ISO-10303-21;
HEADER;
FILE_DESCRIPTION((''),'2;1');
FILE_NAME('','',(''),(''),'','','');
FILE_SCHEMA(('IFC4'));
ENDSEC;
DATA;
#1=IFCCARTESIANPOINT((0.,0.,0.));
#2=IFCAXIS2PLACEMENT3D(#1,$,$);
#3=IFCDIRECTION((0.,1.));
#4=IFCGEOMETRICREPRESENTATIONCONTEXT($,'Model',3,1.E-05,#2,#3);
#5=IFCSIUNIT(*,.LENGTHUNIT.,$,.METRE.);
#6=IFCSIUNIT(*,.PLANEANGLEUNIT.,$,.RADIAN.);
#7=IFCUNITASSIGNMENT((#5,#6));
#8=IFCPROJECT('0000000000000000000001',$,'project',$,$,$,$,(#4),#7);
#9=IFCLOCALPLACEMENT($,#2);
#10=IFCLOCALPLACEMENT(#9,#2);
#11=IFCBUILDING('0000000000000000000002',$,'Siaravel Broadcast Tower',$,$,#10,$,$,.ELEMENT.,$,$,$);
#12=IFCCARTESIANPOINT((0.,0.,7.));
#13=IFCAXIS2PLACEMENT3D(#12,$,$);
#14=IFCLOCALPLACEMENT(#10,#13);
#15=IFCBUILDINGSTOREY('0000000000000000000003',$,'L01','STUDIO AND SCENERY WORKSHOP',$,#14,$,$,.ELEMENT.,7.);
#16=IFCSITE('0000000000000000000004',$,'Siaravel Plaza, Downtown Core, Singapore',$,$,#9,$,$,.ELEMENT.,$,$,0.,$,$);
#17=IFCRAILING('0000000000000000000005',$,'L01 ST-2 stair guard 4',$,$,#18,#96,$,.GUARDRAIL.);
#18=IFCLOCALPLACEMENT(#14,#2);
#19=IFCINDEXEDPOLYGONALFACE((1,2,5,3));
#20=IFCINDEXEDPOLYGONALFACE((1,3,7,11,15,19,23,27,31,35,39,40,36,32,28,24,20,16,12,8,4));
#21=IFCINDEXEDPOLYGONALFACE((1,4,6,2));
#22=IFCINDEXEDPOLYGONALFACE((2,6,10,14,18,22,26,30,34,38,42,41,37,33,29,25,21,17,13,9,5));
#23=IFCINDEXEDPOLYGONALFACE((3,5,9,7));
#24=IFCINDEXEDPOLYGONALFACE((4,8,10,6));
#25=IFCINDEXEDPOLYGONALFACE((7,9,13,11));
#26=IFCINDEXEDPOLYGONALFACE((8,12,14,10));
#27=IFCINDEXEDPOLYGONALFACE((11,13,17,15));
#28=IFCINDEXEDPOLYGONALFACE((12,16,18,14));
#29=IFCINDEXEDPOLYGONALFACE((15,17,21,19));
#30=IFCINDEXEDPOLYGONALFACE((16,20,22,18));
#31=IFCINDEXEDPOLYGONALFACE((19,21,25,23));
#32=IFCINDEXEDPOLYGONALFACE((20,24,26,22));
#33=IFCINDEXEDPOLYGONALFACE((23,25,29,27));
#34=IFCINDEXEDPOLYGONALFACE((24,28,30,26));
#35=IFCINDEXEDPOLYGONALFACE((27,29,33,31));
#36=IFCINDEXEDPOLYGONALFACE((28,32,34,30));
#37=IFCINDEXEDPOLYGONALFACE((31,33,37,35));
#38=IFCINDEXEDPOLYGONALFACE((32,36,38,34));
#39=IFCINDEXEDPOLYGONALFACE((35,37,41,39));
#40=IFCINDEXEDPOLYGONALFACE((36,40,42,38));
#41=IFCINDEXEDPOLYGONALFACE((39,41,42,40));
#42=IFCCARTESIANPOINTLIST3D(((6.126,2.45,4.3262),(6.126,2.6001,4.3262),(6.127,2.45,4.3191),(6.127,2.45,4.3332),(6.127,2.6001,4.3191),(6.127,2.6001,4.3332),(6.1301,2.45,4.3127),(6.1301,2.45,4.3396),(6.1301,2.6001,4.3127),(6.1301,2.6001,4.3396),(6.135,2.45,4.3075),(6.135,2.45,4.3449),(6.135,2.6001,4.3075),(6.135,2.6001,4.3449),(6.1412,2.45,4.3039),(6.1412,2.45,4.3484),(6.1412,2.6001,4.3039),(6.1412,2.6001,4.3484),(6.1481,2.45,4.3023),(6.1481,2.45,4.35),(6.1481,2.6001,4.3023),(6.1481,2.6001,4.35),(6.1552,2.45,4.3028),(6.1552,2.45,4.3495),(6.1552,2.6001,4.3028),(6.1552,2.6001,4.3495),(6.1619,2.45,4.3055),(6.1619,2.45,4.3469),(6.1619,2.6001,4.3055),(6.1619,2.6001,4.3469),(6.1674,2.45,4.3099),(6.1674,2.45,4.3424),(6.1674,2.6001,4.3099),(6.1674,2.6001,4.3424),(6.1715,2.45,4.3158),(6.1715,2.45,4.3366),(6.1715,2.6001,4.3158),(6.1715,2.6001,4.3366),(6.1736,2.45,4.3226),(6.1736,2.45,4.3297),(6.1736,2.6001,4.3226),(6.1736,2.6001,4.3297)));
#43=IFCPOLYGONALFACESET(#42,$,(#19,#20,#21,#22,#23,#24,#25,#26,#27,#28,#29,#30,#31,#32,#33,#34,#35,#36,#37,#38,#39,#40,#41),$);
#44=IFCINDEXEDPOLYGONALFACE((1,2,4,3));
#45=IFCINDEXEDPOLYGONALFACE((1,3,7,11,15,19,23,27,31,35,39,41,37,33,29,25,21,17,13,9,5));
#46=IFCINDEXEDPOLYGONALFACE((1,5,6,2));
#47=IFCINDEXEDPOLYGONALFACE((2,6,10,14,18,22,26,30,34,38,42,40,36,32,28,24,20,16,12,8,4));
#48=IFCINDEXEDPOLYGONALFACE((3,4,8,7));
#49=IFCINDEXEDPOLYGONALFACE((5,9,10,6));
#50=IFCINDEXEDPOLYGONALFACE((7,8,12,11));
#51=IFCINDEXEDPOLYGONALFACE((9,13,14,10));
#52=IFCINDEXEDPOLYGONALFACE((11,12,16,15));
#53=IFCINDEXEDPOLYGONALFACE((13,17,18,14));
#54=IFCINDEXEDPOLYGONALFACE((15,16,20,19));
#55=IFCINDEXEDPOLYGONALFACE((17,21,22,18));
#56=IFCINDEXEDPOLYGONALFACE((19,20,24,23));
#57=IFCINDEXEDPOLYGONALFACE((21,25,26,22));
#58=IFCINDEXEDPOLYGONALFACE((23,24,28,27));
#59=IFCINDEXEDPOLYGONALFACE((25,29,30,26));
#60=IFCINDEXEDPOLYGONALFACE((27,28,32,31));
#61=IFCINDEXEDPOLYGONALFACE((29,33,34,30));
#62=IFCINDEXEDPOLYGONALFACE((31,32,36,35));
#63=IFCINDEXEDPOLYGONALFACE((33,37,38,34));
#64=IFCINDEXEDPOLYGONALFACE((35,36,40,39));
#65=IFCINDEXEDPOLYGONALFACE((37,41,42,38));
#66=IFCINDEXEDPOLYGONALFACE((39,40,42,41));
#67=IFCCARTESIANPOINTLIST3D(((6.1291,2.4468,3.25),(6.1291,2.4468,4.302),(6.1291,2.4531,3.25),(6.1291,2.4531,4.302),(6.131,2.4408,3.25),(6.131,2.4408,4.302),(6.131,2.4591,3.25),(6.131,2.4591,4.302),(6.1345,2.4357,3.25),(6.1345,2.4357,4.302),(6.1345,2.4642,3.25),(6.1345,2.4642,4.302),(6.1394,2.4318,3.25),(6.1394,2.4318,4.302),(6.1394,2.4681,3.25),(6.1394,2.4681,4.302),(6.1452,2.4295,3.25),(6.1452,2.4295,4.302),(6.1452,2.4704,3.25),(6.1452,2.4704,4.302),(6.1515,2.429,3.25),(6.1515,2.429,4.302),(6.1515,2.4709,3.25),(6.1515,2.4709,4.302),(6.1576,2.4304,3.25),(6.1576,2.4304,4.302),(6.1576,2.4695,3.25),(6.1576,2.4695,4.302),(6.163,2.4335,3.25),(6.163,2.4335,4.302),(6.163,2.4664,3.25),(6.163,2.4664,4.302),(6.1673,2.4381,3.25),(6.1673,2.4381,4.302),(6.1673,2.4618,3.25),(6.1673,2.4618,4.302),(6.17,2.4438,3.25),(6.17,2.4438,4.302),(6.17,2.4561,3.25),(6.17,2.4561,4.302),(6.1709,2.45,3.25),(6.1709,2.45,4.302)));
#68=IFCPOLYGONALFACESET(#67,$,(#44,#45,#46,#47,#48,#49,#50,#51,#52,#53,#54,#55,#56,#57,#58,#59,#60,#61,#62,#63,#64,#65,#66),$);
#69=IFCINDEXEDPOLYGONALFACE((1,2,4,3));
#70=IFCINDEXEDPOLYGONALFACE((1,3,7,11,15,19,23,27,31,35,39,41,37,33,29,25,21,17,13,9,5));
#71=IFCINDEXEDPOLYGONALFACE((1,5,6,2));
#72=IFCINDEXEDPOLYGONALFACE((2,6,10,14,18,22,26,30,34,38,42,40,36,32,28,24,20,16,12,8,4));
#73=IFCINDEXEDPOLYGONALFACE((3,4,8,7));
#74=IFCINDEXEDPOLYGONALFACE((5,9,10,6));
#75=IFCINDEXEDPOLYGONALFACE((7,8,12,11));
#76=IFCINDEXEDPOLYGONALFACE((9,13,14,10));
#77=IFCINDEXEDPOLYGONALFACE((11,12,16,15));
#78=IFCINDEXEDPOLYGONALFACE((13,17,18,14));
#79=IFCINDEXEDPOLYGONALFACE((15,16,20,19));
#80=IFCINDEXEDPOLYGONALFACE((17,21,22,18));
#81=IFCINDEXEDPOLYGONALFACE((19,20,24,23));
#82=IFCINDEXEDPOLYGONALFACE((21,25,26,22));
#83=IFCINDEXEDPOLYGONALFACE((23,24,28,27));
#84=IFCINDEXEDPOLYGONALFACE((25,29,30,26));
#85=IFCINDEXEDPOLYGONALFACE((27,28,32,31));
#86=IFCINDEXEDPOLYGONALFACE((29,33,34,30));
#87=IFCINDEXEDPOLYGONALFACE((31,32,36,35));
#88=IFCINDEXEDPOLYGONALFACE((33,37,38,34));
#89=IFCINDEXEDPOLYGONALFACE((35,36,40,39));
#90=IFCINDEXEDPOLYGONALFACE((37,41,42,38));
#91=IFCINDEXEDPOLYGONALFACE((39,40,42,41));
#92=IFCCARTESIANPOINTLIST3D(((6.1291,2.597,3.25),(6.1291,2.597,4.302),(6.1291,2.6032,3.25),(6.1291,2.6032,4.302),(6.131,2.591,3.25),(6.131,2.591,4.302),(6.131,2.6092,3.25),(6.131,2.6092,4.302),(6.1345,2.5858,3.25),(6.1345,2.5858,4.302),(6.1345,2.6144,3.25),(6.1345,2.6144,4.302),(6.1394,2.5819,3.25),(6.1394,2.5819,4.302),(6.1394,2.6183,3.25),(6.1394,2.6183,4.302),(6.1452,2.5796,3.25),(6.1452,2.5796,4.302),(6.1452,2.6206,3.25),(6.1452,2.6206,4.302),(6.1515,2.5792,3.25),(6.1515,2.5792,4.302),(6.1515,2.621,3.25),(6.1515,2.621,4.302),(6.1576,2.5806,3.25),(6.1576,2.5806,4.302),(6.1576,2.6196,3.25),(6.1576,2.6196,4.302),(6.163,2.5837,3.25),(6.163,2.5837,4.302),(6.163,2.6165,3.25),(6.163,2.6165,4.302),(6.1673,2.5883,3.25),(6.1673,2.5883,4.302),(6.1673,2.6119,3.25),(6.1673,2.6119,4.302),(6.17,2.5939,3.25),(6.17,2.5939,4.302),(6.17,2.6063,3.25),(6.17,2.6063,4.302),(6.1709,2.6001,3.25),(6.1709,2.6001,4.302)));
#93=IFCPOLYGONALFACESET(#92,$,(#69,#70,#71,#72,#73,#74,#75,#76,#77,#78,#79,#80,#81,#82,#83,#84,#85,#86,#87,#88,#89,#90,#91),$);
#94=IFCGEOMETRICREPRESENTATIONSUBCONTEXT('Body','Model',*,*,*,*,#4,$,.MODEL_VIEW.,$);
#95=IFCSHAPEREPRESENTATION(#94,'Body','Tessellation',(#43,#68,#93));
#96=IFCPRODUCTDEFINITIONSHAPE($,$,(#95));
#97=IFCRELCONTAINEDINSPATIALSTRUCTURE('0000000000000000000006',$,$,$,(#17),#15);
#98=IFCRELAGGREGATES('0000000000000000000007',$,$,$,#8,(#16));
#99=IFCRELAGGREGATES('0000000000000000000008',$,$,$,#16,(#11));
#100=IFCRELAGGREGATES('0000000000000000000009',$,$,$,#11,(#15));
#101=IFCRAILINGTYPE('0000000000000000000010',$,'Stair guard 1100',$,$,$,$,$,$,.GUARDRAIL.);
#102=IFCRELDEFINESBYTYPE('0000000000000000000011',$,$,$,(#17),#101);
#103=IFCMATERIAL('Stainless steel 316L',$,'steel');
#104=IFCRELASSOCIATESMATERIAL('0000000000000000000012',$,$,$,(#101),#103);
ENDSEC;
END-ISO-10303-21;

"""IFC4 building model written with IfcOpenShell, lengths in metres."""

from ifc_helpers import new_model, si_unit, direction, frame, origin, origin_2d, place, context, subcontext, project, spatial, circle, extrude, material, type_object, element, save


model = new_model("IFC4")

# Units and contexts
model_context = context("Model", 3, precision=1e-05, world=origin(), true_north=direction((0.0, 1.0)))
body_context = subcontext(model_context, "Body", "Model", "MODEL_VIEW")
ifc_project = project(units=[si_unit("LENGTHUNIT", "METRE"), si_unit("PLANEANGLEUNIT", "RADIAN")], contexts=[model_context])

# Site, building, storey
site_placement = place(None, origin())
site = spatial("IfcSite", under=ifc_project, at=site_placement, Name="Siaravel Plaza, Downtown Core, Singapore", CompositionType="ELEMENT", RefElevation=0.0)
building_placement = place(site_placement, origin())
building = spatial("IfcBuilding", under=site, at=building_placement, Name="Siaravel Broadcast Tower", CompositionType="ELEMENT")
storey_placement = place(building_placement, frame((0.0, 0.0, 7.0)))
storey = spatial("IfcBuildingStorey", under=building, at=storey_placement, Name="L01", Description="STUDIO AND SCENERY WORKSHOP", CompositionType="ELEMENT", Elevation=7.0)

# Railing
ifc_material_1 = material(Name="Stainless steel 316L", Category="steel")
railing_type_1 = type_object("IfcRailingType", Name="Stair guard 1100", PredefinedType="GUARDRAIL", material=ifc_material_1)
railing_1_placement = place(storey_placement, frame((6.1499, 2.45, 3.25)))
element("IfcRailing", 1, at=railing_1_placement, inside=storey, type_object=railing_type_1, Name="L01 ST-2 stair guard 4", PredefinedType="GUARDRAIL", context=body_context, shape_type="SweptSolid", body=[
    extrude(circle(Radius=0.0239, at=origin_2d()), frame((0.0, 0.0, 1.0762), z_axis=(0.0, 1.0, 0.0), x_axis=(-1.0, 0.0, 0.0)), (0.0, 0.0, 1.0), 0.1501),
    extrude(circle(Radius=0.021, at=origin_2d()), origin(), (0.0, 0.0, 1.0), 1.052),
    extrude(circle(Radius=0.021, at=origin_2d()), frame((0.0, 0.1501, 0.0)), (0.0, 0.0, 1.0), 1.052),
])

save(model, "model.ifc")
